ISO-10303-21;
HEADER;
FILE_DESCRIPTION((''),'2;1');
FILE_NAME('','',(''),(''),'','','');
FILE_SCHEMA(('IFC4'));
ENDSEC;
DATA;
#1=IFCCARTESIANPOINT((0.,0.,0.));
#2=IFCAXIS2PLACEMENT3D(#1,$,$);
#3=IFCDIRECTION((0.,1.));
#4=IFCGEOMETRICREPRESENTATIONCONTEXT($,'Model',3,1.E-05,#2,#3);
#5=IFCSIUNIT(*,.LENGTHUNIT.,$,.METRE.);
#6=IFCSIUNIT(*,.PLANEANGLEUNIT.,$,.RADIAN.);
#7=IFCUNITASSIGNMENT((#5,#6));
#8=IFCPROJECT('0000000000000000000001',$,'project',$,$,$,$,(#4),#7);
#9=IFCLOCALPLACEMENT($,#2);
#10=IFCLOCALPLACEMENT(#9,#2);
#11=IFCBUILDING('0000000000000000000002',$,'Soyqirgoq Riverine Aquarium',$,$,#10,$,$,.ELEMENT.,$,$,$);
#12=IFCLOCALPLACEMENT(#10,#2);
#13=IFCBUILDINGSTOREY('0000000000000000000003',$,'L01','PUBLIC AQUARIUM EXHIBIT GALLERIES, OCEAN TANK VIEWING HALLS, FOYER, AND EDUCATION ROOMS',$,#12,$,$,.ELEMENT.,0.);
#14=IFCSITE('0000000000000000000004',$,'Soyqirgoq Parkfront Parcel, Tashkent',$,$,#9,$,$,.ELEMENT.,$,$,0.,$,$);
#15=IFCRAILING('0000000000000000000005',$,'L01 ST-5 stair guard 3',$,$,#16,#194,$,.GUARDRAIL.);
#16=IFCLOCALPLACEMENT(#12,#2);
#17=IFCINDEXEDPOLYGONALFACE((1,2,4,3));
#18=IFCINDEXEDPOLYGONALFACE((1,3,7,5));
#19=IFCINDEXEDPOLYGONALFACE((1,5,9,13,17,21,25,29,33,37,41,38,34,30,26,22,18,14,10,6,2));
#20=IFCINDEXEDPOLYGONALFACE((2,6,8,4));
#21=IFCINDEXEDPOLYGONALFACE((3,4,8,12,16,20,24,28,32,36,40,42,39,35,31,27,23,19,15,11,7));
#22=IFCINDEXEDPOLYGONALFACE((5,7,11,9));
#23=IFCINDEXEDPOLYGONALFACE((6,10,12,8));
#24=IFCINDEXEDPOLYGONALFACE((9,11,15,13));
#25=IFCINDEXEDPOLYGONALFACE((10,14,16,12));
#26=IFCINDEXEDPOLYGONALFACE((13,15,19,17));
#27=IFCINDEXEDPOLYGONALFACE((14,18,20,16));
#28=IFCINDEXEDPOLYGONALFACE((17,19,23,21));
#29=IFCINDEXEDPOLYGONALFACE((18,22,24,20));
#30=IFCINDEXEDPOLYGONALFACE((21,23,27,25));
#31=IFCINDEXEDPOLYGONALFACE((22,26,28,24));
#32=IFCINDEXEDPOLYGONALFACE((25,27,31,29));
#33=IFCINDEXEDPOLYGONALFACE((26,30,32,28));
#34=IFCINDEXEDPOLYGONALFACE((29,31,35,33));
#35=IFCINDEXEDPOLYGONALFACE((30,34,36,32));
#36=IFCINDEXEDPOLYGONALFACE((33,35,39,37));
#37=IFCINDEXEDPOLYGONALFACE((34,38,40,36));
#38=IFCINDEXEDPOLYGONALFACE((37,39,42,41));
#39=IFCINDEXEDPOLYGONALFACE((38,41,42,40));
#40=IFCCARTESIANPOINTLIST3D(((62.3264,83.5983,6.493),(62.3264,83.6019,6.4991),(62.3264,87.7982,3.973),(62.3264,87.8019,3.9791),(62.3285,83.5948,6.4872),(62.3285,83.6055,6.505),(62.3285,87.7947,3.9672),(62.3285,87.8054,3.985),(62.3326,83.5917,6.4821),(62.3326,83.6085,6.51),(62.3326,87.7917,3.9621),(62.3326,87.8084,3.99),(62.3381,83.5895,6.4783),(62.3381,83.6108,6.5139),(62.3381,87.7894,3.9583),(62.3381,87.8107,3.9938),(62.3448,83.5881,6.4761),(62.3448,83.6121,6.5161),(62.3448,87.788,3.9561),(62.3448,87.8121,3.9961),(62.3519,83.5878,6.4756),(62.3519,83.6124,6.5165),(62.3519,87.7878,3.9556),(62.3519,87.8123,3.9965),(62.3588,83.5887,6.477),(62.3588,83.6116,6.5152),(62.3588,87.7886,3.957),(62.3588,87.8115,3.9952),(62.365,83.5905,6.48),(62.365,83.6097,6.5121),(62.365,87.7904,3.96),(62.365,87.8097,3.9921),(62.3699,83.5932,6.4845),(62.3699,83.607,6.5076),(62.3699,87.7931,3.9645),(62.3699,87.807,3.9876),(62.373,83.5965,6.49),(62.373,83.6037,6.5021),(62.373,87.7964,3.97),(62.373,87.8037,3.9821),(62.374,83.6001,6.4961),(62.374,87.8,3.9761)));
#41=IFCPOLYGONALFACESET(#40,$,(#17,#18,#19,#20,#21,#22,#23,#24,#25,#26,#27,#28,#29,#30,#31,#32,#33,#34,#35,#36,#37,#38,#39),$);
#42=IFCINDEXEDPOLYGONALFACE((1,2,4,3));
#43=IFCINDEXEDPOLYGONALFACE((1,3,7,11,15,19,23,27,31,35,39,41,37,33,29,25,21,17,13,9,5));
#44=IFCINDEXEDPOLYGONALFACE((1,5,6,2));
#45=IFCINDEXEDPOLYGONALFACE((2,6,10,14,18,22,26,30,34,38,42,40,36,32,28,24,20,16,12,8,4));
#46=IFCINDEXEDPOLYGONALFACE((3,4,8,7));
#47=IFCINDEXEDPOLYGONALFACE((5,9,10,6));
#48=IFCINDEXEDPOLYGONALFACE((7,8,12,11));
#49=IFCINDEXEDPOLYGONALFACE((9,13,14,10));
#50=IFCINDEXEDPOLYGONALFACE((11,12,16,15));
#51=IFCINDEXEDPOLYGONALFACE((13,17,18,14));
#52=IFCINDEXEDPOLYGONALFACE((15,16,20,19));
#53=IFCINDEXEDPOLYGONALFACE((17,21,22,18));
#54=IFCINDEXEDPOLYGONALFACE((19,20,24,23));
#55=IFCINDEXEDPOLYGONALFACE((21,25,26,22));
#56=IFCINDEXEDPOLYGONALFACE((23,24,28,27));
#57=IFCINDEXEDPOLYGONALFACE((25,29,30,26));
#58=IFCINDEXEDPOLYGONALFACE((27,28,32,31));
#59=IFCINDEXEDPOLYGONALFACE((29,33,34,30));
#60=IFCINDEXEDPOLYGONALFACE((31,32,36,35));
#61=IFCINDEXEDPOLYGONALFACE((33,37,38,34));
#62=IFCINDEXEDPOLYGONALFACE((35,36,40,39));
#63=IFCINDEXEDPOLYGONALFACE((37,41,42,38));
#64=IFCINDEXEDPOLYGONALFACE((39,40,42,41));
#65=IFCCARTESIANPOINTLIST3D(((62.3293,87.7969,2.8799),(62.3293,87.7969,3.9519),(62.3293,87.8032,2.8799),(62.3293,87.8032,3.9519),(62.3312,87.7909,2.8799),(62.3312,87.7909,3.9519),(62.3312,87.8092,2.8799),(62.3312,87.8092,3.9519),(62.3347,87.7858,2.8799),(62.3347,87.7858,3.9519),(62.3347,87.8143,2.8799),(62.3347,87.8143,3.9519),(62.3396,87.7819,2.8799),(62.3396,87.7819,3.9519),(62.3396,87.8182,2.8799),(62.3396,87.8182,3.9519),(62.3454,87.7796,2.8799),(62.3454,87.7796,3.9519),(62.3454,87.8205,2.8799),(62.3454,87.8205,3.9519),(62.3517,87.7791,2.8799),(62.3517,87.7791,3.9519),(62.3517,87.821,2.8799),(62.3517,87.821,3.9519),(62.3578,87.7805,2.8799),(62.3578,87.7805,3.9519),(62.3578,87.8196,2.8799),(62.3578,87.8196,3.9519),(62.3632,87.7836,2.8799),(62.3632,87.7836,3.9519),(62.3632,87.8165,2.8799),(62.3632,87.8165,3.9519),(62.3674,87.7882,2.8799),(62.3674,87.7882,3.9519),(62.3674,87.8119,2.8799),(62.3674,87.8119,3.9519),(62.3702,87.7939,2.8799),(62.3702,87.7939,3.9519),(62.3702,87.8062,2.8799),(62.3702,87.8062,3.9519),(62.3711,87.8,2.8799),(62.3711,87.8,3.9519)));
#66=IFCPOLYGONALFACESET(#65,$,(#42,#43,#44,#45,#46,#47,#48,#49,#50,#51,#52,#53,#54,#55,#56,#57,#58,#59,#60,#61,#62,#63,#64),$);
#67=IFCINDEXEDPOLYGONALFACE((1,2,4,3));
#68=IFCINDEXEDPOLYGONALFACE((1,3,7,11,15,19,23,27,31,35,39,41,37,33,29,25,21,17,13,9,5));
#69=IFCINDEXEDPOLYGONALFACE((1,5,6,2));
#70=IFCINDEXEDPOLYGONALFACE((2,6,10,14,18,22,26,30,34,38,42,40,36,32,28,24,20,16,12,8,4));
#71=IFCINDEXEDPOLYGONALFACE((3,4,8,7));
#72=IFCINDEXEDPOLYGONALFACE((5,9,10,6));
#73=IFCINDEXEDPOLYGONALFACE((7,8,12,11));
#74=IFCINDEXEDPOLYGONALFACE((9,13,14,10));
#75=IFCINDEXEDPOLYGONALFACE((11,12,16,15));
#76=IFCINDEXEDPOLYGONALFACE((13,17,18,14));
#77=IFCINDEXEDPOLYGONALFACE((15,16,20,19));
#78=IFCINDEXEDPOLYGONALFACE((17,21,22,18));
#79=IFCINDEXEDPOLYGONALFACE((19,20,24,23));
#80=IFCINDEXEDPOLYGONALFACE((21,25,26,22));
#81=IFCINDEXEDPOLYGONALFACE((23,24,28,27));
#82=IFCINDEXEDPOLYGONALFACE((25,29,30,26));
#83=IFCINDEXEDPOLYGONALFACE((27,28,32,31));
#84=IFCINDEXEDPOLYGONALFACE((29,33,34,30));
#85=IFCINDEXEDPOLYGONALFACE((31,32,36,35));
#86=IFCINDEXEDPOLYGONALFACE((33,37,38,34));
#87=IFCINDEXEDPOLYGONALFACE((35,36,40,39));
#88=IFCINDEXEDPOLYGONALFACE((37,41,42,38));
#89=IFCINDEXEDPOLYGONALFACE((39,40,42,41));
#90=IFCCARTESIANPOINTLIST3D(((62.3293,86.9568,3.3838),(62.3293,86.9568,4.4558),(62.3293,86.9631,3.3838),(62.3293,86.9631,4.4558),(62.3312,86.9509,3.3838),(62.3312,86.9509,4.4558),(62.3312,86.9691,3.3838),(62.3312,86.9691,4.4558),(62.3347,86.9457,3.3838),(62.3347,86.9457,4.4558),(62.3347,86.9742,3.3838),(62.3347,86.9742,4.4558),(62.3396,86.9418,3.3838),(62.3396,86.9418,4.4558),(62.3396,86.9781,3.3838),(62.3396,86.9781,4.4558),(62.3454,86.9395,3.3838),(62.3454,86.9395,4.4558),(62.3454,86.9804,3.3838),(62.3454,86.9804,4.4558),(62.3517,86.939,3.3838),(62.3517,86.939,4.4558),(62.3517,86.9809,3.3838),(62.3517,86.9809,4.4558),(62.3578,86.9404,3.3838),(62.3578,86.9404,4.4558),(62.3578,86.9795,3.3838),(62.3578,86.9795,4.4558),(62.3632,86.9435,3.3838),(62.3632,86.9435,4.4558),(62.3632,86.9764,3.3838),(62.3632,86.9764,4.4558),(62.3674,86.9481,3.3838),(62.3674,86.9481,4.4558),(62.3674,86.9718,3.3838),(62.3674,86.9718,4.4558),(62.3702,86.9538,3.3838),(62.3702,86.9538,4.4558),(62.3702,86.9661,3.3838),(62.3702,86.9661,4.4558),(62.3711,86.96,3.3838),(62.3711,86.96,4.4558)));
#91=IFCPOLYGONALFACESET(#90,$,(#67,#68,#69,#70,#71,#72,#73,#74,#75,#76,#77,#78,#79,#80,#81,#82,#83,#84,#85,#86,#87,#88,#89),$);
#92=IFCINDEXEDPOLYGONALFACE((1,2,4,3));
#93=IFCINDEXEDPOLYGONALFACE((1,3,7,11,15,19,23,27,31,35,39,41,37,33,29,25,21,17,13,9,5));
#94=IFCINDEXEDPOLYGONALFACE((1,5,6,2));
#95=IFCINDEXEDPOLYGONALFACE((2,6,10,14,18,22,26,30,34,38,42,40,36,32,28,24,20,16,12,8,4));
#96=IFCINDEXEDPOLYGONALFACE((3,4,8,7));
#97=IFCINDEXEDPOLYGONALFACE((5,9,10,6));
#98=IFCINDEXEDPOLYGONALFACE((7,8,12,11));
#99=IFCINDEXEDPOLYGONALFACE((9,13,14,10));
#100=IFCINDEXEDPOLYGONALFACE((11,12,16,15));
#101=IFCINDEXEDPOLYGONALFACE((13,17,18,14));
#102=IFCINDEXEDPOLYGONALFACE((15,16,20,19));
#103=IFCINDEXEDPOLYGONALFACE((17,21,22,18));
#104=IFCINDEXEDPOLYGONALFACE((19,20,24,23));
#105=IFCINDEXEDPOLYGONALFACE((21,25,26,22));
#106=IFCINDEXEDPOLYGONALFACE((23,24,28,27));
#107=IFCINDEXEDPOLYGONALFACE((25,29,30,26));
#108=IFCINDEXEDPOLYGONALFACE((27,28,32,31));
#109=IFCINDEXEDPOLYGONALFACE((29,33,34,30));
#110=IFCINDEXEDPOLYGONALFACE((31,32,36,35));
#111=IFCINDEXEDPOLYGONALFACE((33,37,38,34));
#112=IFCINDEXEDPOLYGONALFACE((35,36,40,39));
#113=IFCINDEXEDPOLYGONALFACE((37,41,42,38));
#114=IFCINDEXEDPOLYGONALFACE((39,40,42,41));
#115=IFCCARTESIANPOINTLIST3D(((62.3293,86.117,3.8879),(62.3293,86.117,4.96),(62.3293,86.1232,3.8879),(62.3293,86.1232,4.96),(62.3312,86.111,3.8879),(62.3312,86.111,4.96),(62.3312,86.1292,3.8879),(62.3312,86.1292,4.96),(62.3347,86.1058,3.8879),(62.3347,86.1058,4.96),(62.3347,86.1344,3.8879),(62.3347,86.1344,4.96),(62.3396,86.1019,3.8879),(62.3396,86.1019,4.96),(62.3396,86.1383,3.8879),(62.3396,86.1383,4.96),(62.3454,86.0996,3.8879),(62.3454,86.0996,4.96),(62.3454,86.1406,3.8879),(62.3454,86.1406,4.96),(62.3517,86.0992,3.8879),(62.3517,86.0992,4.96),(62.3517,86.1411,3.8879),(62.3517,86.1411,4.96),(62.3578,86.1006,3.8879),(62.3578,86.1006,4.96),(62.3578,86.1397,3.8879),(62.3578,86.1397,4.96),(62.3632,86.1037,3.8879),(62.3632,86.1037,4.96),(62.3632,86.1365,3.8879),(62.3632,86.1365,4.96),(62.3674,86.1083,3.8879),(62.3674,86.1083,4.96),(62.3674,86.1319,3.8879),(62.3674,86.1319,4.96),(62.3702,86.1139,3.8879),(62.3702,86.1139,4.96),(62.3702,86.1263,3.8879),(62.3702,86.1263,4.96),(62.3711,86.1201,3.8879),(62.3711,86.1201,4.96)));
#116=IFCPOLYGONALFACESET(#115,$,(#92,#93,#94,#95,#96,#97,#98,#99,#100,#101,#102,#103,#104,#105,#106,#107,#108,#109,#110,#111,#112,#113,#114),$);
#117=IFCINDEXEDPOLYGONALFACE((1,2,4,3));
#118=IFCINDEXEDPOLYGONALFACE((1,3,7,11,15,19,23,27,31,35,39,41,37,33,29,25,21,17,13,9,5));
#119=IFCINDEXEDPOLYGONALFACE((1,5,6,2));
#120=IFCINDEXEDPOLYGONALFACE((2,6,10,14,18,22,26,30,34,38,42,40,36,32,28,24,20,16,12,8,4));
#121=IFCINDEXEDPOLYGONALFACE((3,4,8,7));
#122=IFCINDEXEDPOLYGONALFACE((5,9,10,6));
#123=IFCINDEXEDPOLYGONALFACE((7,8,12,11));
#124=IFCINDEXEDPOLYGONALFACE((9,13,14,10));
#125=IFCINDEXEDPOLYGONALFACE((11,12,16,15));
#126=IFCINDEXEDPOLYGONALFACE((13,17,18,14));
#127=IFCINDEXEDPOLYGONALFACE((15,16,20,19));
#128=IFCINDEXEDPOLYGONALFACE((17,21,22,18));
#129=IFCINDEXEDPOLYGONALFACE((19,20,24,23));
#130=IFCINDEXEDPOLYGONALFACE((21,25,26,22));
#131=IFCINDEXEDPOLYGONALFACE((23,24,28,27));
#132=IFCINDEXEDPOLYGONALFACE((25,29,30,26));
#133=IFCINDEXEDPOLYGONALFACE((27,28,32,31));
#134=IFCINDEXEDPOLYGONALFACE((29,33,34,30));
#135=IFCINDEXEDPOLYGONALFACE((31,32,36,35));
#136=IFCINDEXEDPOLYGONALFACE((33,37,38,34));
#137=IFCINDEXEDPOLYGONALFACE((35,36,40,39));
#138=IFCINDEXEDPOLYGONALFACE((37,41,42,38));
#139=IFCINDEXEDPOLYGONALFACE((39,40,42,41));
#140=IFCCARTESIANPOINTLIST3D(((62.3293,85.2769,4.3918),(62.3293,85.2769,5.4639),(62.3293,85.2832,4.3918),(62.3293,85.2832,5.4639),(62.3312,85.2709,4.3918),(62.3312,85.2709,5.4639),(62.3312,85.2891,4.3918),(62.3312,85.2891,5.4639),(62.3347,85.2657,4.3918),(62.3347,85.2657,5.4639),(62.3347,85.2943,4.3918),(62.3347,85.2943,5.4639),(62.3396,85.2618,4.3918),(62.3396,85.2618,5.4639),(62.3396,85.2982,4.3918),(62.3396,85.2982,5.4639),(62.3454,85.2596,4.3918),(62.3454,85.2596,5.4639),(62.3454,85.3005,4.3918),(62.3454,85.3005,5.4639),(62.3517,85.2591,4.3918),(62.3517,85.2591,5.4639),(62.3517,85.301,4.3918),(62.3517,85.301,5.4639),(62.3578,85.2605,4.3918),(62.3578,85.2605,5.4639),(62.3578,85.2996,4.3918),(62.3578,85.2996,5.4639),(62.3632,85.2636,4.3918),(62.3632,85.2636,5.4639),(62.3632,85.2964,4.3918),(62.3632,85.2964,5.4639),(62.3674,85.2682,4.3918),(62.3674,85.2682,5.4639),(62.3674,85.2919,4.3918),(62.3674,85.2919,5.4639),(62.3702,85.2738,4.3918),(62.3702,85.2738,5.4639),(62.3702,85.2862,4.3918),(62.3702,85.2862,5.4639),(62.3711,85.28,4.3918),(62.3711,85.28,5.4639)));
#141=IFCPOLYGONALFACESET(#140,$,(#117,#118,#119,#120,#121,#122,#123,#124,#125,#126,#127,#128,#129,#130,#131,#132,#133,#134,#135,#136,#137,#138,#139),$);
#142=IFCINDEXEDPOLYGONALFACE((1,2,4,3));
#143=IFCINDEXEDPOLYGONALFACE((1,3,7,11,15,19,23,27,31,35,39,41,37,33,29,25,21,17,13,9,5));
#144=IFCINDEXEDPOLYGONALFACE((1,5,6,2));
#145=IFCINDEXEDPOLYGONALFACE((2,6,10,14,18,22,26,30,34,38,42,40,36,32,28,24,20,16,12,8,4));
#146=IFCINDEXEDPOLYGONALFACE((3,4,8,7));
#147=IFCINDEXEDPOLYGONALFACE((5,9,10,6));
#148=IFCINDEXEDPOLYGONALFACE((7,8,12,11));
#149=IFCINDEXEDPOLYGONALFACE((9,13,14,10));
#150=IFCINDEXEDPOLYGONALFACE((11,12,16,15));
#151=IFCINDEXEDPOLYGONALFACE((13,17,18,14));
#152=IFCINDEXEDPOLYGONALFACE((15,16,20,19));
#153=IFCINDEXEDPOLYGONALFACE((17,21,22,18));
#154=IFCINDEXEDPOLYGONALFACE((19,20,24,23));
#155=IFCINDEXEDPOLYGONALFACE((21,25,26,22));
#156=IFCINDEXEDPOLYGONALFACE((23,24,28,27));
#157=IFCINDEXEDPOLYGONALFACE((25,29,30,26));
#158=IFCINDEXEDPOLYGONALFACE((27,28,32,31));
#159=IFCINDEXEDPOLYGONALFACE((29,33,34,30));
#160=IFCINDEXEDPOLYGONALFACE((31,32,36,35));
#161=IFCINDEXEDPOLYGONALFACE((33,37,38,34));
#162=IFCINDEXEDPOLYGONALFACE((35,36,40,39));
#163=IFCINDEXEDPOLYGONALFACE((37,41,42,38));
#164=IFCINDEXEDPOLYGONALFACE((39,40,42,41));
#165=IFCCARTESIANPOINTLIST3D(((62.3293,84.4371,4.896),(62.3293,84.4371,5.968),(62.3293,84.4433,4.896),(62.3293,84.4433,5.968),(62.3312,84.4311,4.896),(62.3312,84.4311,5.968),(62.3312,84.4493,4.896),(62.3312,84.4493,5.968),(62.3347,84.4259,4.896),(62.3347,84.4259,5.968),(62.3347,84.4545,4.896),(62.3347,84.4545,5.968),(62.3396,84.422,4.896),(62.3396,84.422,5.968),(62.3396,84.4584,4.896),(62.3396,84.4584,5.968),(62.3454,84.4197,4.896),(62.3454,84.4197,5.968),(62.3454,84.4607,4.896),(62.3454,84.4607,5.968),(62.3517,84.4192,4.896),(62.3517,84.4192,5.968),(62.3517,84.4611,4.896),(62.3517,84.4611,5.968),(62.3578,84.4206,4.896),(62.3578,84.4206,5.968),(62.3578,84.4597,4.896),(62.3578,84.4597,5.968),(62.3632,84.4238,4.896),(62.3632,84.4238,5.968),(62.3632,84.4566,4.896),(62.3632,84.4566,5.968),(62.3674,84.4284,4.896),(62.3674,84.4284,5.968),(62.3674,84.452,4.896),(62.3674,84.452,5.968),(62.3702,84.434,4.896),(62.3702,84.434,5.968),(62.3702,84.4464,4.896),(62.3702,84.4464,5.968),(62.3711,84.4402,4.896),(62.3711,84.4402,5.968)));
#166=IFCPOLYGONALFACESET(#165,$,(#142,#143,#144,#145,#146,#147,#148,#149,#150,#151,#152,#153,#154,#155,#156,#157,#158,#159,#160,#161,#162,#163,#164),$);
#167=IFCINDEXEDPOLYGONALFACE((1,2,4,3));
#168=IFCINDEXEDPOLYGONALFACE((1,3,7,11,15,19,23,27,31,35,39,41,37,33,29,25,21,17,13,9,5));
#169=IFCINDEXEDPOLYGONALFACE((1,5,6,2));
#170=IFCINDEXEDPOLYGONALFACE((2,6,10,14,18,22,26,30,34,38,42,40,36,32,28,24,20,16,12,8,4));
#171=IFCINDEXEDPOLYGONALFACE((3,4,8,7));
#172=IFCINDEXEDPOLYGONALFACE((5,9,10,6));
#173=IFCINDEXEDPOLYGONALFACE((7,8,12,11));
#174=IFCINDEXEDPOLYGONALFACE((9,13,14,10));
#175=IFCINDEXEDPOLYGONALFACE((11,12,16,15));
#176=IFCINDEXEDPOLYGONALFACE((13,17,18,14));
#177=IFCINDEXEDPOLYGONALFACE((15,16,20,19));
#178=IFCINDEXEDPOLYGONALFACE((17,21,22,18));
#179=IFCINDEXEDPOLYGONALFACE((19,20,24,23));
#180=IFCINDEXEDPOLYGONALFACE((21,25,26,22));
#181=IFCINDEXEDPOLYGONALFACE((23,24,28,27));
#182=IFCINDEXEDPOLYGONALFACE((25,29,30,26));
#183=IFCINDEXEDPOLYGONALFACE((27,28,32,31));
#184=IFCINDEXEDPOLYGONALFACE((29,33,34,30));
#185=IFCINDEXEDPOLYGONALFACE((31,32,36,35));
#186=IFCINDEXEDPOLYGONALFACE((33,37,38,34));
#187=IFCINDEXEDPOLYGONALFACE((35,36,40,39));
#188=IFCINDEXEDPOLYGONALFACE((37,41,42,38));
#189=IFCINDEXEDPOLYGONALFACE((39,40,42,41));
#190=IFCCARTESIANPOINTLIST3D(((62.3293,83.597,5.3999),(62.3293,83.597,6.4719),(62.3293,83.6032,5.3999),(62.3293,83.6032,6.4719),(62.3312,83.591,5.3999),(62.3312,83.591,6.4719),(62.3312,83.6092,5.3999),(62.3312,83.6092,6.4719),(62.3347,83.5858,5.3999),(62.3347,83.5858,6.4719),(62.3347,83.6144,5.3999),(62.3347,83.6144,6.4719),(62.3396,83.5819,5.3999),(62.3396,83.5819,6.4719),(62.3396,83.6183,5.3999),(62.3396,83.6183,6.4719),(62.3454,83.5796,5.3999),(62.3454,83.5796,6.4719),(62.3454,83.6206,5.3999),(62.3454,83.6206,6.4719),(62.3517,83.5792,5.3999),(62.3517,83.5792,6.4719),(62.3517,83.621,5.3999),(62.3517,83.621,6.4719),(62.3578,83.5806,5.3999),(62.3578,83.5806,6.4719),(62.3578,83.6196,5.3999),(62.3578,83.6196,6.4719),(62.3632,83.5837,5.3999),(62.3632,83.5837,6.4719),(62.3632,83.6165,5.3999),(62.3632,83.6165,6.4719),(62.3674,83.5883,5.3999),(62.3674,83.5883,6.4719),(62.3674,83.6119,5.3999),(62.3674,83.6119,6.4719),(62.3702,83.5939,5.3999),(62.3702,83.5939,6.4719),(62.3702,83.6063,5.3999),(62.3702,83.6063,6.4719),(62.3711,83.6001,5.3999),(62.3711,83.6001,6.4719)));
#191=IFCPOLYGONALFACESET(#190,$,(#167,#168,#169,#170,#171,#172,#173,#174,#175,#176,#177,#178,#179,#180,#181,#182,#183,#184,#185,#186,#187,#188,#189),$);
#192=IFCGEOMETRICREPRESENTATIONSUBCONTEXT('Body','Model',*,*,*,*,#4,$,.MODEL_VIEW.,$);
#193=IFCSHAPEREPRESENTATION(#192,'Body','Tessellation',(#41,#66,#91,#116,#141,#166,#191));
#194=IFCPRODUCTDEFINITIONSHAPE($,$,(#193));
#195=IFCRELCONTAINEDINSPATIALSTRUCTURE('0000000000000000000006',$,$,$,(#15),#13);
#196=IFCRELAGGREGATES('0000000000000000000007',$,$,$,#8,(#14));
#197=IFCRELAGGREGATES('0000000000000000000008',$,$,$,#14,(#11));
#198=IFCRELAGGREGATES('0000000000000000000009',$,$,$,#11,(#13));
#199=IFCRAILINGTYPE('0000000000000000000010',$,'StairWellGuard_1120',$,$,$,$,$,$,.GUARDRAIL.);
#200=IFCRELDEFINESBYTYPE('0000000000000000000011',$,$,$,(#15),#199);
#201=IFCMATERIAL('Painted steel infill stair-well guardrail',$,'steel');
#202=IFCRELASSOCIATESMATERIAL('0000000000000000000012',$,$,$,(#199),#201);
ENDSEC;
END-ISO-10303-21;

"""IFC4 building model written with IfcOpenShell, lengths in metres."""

from ifc_helpers import new_model, si_unit, direction, frame, origin, origin_2d, place, context, subcontext, project, spatial, circle, extrude, material, type_object, element, save


model = new_model("IFC4")

# Units and contexts
model_context = context("Model", 3, precision=1e-05, world=origin(), true_north=direction((0.0, 1.0)))
body_context = subcontext(model_context, "Body", "Model", "MODEL_VIEW")
ifc_project = project(units=[si_unit("LENGTHUNIT", "METRE"), si_unit("PLANEANGLEUNIT", "RADIAN")], contexts=[model_context])

# Site, building, storey
site_placement = place(None, origin())
site = spatial("IfcSite", under=ifc_project, at=site_placement, Name="Soyqirgoq Parkfront Parcel, Tashkent", CompositionType="ELEMENT", RefElevation=0.0)
building_placement = place(site_placement, origin())
building = spatial("IfcBuilding", under=site, at=building_placement, Name="Soyqirgoq Riverine Aquarium", CompositionType="ELEMENT")
storey_placement = place(building_placement, origin())
storey = spatial("IfcBuildingStorey", under=building, at=storey_placement, Name="L01", Description="PUBLIC AQUARIUM EXHIBIT GALLERIES, OCEAN TANK VIEWING HALLS, FOYER, AND EDUCATION ROOMS", CompositionType="ELEMENT", Elevation=0.0)

# Railing
ifc_material_1 = material(Name="Painted steel infill stair-well guardrail", Category="steel")
railing_type_1 = type_object("IfcRailingType", Name="StairWellGuard_1120", PredefinedType="GUARDRAIL", material=ifc_material_1)
railing_1_placement = place(storey_placement, frame((62.3501, 87.8, 2.8799)))
element("IfcRailing", 1, at=railing_1_placement, inside=storey, type_object=railing_type_1, Name="L01 ST-5 stair guard 3", PredefinedType="GUARDRAIL", context=body_context, shape_type="SweptSolid", body=[
    extrude(circle(Radius=0.0239, at=origin_2d()), frame((0.0, 0.0, 1.0962), z_axis=(0.0, -0.857489, 0.514503), x_axis=(1.0, 0.0, 0.0)), (0.0, 0.0, 1.0), 4.8979),
    extrude(circle(Radius=0.021, at=origin_2d()), origin(), (0.0, 0.0, 1.0), 1.072),
    extrude(circle(Radius=0.021, at=origin_2d()), frame((0.0, -0.8401, 0.5039)), (0.0, 0.0, 1.0), 1.072),
    extrude(circle(Radius=0.021, at=origin_2d()), frame((0.0, -1.6799, 1.0081)), (0.0, 0.0, 1.0), 1.072),
    extrude(circle(Radius=0.021, at=origin_2d()), frame((0.0, -2.52, 1.512)), (0.0, 0.0, 1.0), 1.072),
    extrude(circle(Radius=0.021, at=origin_2d()), frame((0.0, -3.3599, 2.0161)), (0.0, 0.0, 1.0), 1.072),
    extrude(circle(Radius=0.021, at=origin_2d()), frame((0.0, -4.2, 2.52)), (0.0, 0.0, 1.0), 1.072),
])

save(model, "model.ifc")
